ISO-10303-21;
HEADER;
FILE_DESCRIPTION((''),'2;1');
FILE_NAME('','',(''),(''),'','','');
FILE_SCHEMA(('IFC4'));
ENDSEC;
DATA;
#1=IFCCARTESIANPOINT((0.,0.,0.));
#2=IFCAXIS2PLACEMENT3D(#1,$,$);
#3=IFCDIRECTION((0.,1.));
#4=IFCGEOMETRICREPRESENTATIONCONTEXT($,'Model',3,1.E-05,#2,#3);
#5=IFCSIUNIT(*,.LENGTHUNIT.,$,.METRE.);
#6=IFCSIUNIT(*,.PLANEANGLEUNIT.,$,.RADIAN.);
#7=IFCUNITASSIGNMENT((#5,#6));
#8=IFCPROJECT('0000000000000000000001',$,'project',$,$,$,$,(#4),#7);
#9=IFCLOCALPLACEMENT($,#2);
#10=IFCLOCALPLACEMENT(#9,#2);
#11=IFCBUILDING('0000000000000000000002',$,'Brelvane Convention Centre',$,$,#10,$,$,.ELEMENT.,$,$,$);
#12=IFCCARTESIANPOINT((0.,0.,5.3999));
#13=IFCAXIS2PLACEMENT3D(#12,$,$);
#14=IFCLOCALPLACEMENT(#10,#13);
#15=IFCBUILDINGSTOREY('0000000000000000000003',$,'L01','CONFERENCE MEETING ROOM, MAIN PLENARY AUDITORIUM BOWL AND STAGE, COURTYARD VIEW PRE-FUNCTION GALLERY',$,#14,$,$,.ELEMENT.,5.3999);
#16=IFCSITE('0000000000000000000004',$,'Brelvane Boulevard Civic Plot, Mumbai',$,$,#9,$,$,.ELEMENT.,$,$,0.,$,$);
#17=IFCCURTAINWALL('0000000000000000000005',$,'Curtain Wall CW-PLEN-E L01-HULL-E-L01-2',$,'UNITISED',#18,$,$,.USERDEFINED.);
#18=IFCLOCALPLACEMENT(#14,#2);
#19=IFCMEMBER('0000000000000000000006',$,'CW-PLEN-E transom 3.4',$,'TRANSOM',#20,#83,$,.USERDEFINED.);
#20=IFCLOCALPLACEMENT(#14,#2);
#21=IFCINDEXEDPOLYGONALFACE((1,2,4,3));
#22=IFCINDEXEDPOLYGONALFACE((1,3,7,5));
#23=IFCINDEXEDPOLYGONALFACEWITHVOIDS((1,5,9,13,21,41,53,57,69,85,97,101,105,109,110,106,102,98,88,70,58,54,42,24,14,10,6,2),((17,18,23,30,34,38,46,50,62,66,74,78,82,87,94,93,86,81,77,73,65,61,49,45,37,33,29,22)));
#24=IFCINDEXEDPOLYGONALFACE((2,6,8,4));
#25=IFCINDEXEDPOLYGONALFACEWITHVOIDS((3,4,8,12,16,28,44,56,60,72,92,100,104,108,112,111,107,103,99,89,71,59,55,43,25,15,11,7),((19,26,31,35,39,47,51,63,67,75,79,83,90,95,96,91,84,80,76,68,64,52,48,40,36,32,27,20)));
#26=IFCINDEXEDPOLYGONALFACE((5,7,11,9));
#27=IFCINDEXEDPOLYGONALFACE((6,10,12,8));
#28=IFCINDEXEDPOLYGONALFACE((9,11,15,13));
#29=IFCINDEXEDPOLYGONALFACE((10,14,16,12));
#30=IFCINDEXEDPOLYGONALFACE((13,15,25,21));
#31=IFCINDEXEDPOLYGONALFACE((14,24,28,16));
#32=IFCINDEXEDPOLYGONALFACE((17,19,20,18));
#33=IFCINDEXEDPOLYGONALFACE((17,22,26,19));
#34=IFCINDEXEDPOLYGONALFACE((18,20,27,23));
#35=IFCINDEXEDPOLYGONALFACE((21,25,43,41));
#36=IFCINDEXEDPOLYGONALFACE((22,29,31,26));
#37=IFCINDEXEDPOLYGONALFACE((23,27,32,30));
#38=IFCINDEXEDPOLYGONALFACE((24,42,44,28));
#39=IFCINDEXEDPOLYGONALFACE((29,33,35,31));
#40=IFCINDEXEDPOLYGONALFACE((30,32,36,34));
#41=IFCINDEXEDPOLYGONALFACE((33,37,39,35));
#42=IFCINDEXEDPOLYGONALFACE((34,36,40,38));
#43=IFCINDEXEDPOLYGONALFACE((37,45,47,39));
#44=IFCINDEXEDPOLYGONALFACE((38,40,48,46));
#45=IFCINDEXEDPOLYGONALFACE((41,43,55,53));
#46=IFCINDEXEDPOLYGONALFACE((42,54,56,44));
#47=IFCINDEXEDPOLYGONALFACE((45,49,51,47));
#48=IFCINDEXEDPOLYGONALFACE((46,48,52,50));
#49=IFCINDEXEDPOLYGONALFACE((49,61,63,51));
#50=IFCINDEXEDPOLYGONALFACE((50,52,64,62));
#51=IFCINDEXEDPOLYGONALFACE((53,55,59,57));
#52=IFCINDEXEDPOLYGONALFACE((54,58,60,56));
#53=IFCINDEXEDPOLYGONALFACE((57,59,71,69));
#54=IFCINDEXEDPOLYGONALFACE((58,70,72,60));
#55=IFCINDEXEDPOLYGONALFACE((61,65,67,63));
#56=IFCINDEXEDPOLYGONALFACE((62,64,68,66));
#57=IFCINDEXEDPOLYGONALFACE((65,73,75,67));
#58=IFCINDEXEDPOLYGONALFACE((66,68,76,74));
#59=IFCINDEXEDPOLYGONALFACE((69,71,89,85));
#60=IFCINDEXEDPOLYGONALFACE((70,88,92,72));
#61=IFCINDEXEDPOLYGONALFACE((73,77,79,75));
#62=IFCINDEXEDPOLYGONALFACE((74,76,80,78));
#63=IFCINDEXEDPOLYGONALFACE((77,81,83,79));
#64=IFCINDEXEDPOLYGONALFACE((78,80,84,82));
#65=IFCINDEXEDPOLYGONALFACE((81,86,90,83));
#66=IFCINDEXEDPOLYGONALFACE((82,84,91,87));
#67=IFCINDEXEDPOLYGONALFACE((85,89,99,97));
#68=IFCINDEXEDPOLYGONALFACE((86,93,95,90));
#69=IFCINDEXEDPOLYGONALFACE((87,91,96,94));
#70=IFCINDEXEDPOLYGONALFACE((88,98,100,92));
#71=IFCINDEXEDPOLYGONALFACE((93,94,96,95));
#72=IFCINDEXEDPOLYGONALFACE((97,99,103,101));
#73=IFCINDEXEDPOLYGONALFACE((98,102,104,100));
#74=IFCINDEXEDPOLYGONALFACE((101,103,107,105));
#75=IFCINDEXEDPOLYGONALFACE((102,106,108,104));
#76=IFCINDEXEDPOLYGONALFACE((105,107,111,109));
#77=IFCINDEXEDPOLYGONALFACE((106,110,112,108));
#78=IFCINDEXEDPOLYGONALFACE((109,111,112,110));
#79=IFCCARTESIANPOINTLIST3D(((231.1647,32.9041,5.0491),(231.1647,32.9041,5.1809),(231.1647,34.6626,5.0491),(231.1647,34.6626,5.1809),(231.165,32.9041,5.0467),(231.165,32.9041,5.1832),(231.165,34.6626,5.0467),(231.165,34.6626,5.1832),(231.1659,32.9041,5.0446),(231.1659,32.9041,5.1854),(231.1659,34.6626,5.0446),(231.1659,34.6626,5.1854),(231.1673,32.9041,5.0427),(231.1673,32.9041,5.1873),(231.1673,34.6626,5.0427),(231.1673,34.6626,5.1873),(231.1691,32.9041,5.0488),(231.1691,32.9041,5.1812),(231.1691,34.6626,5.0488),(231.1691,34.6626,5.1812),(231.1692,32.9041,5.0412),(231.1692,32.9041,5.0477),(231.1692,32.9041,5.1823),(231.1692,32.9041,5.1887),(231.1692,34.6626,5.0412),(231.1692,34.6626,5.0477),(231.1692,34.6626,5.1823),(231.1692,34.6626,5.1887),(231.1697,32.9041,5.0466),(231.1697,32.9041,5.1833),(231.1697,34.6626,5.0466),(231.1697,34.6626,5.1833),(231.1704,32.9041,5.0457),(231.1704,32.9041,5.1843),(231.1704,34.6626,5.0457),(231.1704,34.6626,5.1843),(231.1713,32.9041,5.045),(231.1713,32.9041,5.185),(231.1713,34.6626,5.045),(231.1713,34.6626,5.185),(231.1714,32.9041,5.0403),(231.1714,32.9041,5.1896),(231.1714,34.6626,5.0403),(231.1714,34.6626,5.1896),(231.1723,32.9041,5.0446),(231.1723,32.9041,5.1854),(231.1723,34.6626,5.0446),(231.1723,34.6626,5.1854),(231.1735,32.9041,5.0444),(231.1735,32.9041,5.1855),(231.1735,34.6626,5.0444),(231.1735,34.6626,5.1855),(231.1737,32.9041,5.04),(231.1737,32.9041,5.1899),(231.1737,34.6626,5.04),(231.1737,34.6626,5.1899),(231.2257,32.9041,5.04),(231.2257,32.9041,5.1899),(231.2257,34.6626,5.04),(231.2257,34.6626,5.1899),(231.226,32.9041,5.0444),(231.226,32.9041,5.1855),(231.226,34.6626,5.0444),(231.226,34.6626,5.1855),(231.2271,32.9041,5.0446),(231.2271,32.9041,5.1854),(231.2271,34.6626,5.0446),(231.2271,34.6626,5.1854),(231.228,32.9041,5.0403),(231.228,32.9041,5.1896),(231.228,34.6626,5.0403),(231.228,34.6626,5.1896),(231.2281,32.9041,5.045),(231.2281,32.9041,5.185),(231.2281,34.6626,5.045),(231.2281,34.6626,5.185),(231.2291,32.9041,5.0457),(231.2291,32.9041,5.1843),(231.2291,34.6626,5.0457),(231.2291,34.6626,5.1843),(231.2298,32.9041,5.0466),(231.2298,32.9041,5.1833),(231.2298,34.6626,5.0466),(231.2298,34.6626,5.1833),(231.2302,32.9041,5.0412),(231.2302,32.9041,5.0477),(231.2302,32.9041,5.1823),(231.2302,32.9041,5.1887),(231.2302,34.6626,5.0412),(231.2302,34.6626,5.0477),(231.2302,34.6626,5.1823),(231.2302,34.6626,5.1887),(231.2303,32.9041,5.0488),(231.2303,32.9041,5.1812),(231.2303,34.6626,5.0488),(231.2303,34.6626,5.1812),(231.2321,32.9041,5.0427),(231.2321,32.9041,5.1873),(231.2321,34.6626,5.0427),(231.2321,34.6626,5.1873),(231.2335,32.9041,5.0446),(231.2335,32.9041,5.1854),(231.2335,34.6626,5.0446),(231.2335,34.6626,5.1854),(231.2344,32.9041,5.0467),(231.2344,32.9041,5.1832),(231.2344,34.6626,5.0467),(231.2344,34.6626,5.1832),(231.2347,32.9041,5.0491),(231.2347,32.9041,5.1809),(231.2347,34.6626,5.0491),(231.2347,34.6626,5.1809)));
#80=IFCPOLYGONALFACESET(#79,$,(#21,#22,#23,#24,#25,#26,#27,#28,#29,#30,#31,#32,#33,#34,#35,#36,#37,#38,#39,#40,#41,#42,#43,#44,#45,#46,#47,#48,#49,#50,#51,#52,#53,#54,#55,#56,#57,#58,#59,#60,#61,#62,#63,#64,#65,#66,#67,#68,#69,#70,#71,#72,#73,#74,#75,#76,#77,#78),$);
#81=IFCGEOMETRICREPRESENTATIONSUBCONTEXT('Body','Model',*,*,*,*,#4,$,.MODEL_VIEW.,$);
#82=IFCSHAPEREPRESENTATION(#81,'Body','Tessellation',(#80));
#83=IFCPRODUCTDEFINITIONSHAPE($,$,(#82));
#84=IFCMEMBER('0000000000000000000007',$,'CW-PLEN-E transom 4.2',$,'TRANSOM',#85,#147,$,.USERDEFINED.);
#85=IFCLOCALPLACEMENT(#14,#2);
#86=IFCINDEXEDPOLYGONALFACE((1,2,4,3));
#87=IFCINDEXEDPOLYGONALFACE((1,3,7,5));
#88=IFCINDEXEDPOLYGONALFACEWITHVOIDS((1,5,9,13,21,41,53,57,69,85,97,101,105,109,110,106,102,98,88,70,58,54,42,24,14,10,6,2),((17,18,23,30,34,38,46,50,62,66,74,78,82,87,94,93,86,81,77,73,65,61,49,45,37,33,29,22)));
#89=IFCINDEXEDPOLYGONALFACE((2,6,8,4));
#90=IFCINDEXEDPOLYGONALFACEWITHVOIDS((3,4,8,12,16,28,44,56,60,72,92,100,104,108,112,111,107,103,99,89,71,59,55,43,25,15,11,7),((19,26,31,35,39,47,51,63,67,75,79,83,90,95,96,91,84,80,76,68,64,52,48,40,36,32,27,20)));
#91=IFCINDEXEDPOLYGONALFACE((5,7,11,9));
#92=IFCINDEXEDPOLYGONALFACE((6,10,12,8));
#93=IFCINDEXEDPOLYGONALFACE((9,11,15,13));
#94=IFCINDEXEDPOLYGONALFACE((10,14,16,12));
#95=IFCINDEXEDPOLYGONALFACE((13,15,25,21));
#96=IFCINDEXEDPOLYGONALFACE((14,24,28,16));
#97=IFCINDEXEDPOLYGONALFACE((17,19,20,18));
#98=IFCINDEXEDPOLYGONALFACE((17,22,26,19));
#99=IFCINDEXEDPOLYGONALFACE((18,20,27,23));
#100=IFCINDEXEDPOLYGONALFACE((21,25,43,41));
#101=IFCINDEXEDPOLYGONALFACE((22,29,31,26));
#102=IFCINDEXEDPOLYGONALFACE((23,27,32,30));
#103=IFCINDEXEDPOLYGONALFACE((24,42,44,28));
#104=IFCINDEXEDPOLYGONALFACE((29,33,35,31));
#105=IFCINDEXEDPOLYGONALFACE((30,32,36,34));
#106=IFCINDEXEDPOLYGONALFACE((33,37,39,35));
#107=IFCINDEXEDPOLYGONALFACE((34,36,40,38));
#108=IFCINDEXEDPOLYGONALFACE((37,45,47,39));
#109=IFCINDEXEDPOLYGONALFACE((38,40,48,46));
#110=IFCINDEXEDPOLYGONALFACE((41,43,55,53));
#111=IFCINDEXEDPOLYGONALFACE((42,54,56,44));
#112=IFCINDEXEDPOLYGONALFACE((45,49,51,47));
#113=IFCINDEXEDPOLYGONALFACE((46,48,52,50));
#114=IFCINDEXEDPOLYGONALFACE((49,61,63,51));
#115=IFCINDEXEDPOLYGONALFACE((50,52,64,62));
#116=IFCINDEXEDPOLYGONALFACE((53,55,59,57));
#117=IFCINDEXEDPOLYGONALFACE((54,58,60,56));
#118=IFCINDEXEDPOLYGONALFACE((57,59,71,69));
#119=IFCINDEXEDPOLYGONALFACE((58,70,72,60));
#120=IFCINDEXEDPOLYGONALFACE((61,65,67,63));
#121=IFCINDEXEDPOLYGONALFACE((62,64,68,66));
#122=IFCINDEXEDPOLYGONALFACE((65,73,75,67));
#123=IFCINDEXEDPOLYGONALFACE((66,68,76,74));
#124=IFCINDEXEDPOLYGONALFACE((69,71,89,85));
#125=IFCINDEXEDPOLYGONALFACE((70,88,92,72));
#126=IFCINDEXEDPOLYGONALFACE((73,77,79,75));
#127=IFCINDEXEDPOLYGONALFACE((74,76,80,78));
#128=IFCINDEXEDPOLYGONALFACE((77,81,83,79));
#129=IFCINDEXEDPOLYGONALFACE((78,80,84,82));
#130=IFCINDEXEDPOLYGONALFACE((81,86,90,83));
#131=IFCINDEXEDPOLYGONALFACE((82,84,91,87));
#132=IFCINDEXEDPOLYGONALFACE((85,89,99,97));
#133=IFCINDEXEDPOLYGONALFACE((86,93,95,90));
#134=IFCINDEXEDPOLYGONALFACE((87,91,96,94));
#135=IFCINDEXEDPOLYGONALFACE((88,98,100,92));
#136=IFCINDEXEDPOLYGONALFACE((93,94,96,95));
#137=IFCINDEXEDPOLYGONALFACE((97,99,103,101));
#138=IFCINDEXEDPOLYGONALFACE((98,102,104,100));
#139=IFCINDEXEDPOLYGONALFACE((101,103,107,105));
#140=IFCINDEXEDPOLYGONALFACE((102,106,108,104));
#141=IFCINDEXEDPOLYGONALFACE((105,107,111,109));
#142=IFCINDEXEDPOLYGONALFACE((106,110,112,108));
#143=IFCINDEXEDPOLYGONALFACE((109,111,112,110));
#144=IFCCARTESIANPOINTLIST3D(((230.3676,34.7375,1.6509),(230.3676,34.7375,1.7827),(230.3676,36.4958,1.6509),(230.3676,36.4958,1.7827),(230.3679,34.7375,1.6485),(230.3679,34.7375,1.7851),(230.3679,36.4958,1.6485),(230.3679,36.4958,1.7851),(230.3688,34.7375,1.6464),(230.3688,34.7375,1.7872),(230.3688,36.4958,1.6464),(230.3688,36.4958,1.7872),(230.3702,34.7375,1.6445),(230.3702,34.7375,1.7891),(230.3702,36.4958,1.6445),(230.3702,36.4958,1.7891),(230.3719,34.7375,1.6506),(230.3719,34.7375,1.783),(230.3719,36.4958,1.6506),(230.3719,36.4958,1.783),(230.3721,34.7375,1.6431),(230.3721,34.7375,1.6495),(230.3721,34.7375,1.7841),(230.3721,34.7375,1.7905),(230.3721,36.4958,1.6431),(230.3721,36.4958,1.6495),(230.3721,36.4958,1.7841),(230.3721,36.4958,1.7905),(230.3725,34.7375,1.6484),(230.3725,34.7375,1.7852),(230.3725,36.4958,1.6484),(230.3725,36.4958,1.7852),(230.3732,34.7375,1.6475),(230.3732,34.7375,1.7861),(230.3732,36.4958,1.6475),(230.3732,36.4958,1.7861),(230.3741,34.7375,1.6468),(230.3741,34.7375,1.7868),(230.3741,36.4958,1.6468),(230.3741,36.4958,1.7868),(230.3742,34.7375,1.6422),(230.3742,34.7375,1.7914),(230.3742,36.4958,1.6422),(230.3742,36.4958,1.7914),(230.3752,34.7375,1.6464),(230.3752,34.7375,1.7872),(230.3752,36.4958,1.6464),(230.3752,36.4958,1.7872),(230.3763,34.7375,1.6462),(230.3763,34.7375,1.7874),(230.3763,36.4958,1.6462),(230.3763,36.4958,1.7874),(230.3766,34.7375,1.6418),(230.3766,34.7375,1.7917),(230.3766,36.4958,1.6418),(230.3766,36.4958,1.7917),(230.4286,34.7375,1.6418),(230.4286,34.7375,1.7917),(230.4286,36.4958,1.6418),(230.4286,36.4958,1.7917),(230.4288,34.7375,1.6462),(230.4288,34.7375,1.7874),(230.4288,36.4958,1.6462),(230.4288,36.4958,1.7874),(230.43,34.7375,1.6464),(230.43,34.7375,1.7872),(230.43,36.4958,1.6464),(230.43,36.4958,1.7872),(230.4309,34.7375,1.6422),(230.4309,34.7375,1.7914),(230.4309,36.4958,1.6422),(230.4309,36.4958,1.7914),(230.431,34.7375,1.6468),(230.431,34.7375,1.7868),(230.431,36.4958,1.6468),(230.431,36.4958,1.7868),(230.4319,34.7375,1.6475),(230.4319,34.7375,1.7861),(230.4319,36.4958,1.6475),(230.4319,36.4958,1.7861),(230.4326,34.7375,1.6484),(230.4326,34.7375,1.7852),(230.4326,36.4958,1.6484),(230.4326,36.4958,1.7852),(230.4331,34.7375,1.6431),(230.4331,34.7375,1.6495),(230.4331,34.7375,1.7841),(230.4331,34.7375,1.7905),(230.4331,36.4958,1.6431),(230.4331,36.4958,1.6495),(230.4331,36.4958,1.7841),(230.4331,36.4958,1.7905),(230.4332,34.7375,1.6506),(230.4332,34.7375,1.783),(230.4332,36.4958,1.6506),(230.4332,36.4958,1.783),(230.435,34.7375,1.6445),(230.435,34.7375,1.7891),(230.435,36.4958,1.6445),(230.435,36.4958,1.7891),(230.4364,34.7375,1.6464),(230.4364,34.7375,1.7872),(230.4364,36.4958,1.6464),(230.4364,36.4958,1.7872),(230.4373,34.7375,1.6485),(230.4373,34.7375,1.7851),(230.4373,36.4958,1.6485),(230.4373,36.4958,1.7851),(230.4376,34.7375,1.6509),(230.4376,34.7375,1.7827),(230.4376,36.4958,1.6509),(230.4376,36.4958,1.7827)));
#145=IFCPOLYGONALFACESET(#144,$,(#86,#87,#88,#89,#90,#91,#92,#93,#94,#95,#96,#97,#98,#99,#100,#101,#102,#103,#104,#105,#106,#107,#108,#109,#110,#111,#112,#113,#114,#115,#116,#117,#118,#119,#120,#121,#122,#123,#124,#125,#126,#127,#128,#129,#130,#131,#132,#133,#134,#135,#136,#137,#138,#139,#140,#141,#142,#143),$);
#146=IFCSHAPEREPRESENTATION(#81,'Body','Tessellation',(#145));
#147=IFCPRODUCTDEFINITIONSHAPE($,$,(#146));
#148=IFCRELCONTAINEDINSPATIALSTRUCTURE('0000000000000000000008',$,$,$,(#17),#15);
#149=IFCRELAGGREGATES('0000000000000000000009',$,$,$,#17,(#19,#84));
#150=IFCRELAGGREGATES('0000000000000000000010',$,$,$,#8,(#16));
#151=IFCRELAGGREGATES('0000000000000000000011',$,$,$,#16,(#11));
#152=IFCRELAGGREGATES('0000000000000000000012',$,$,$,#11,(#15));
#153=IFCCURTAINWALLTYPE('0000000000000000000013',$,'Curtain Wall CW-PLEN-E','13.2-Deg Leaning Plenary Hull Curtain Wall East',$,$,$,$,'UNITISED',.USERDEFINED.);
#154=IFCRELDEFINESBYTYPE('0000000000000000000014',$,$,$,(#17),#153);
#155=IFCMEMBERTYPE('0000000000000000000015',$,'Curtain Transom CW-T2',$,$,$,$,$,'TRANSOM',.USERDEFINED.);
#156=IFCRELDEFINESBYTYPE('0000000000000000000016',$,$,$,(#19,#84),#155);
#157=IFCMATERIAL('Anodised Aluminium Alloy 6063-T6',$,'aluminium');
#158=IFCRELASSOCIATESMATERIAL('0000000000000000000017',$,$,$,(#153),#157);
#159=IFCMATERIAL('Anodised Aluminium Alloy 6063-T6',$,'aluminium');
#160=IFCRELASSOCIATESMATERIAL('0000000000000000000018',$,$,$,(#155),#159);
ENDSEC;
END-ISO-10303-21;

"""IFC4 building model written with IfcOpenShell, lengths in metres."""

from ifc_helpers import new_model, si_unit, direction, frame, origin, origin_2d, place, context, subcontext, project, spatial, hollow_rectangle, extrude, material, material_profile, profile_set, type_object, element, aggregate, save


model = new_model("IFC4")

# Units and contexts
model_context = context("Model", 3, precision=1e-05, world=origin(), true_north=direction((0.0, 1.0)))
body_context = subcontext(model_context, "Body", "Model", "MODEL_VIEW")
ifc_project = project(units=[si_unit("LENGTHUNIT", "METRE"), si_unit("PLANEANGLEUNIT", "RADIAN")], contexts=[model_context])

# Site, building, storey
site_placement = place(None, origin())
site = spatial("IfcSite", under=ifc_project, at=site_placement, Name="Brelvane Boulevard Civic Plot, Mumbai", CompositionType="ELEMENT", RefElevation=0.0)
building_placement = place(site_placement, origin())
building = spatial("IfcBuilding", under=site, at=building_placement, Name="Brelvane Convention Centre", CompositionType="ELEMENT")
storey_placement = place(building_placement, frame((0.0, 0.0, 5.3999)))
storey = spatial("IfcBuildingStorey", under=building, at=storey_placement, Name="L01", Description="CONFERENCE MEETING ROOM, MAIN PLENARY AUDITORIUM BOWL AND STAGE, COURTYARD VIEW PRE-FUNCTION GALLERY", CompositionType="ELEMENT", Elevation=5.3999)

# Curtain wall, members
ifc_material_1 = material(Name="Anodised Aluminium Alloy 6063-T6", Category="aluminium")
curtain_wall_type = type_object("IfcCurtainWallType", Name="Curtain Wall CW-PLEN-E", Description="13.2-Deg Leaning Plenary Hull Curtain Wall East", ElementType="UNITISED", PredefinedType="USERDEFINED", material=ifc_material_1)
curtain_wall_placement = place(storey_placement, origin())
curtain_wall = element("IfcCurtainWall", 1, at=curtain_wall_placement, inside=storey, type_object=curtain_wall_type, Name="Curtain Wall CW-PLEN-E L01-HULL-E-L01-2", ObjectType="UNITISED", PredefinedType="USERDEFINED")
ifc_material_2 = material(Name="Anodised Aluminium Alloy 6063-T6", Category="aluminium")
ifc_material_profile = material_profile(ifc_material_2, hollow_rectangle(XDim=0.0701, YDim=0.1499, WallThickness=0.0044, InnerFilletRadius=0.0044, OuterFilletRadius=0.009, at=origin_2d()), Name="ALU-T 150x70x4.5")
ifc_profile_set = profile_set([ifc_material_profile], Name="Anodised Aluminium Alloy 6063-T6")
member_type = type_object("IfcMemberType", Name="Curtain Transom CW-T2", ElementType="TRANSOM", PredefinedType="USERDEFINED", material=ifc_profile_set)
member_1_placement = place(storey_placement, frame((231.1997, 32.9041, 5.115), z_axis=(0.0, 1.0, 0.0), x_axis=(-1.0, 0.0, 0.0)))
member_1 = element("IfcMember", 2, at=member_1_placement, type_object=member_type, Name="CW-PLEN-E transom 3.4", ObjectType="TRANSOM", PredefinedType="USERDEFINED", context=body_context, shape_type="SweptSolid", body=[
    extrude(hollow_rectangle(XDim=0.0701, YDim=0.1499, WallThickness=0.0044, InnerFilletRadius=0.0044, OuterFilletRadius=0.009, at=origin_2d()), origin(), (0.0, 0.0, 1.0), 1.7585),
])
member_2_placement = place(storey_placement, frame((230.4026, 34.7375, 1.7168), z_axis=(0.0, 1.0, 0.0), x_axis=(-1.0, 0.0, 0.0)))
member_2 = element("IfcMember", 3, at=member_2_placement, type_object=member_type, Name="CW-PLEN-E transom 4.2", ObjectType="TRANSOM", PredefinedType="USERDEFINED", context=body_context, shape_type="SweptSolid", body=[
    extrude(hollow_rectangle(XDim=0.0701, YDim=0.1499, WallThickness=0.0044, InnerFilletRadius=0.0044, OuterFilletRadius=0.009, at=origin_2d()), origin(), (0.0, 0.0, 1.0), 1.7583),
])
aggregate(curtain_wall, [member_1, member_2])

save(model, "model.ifc")
